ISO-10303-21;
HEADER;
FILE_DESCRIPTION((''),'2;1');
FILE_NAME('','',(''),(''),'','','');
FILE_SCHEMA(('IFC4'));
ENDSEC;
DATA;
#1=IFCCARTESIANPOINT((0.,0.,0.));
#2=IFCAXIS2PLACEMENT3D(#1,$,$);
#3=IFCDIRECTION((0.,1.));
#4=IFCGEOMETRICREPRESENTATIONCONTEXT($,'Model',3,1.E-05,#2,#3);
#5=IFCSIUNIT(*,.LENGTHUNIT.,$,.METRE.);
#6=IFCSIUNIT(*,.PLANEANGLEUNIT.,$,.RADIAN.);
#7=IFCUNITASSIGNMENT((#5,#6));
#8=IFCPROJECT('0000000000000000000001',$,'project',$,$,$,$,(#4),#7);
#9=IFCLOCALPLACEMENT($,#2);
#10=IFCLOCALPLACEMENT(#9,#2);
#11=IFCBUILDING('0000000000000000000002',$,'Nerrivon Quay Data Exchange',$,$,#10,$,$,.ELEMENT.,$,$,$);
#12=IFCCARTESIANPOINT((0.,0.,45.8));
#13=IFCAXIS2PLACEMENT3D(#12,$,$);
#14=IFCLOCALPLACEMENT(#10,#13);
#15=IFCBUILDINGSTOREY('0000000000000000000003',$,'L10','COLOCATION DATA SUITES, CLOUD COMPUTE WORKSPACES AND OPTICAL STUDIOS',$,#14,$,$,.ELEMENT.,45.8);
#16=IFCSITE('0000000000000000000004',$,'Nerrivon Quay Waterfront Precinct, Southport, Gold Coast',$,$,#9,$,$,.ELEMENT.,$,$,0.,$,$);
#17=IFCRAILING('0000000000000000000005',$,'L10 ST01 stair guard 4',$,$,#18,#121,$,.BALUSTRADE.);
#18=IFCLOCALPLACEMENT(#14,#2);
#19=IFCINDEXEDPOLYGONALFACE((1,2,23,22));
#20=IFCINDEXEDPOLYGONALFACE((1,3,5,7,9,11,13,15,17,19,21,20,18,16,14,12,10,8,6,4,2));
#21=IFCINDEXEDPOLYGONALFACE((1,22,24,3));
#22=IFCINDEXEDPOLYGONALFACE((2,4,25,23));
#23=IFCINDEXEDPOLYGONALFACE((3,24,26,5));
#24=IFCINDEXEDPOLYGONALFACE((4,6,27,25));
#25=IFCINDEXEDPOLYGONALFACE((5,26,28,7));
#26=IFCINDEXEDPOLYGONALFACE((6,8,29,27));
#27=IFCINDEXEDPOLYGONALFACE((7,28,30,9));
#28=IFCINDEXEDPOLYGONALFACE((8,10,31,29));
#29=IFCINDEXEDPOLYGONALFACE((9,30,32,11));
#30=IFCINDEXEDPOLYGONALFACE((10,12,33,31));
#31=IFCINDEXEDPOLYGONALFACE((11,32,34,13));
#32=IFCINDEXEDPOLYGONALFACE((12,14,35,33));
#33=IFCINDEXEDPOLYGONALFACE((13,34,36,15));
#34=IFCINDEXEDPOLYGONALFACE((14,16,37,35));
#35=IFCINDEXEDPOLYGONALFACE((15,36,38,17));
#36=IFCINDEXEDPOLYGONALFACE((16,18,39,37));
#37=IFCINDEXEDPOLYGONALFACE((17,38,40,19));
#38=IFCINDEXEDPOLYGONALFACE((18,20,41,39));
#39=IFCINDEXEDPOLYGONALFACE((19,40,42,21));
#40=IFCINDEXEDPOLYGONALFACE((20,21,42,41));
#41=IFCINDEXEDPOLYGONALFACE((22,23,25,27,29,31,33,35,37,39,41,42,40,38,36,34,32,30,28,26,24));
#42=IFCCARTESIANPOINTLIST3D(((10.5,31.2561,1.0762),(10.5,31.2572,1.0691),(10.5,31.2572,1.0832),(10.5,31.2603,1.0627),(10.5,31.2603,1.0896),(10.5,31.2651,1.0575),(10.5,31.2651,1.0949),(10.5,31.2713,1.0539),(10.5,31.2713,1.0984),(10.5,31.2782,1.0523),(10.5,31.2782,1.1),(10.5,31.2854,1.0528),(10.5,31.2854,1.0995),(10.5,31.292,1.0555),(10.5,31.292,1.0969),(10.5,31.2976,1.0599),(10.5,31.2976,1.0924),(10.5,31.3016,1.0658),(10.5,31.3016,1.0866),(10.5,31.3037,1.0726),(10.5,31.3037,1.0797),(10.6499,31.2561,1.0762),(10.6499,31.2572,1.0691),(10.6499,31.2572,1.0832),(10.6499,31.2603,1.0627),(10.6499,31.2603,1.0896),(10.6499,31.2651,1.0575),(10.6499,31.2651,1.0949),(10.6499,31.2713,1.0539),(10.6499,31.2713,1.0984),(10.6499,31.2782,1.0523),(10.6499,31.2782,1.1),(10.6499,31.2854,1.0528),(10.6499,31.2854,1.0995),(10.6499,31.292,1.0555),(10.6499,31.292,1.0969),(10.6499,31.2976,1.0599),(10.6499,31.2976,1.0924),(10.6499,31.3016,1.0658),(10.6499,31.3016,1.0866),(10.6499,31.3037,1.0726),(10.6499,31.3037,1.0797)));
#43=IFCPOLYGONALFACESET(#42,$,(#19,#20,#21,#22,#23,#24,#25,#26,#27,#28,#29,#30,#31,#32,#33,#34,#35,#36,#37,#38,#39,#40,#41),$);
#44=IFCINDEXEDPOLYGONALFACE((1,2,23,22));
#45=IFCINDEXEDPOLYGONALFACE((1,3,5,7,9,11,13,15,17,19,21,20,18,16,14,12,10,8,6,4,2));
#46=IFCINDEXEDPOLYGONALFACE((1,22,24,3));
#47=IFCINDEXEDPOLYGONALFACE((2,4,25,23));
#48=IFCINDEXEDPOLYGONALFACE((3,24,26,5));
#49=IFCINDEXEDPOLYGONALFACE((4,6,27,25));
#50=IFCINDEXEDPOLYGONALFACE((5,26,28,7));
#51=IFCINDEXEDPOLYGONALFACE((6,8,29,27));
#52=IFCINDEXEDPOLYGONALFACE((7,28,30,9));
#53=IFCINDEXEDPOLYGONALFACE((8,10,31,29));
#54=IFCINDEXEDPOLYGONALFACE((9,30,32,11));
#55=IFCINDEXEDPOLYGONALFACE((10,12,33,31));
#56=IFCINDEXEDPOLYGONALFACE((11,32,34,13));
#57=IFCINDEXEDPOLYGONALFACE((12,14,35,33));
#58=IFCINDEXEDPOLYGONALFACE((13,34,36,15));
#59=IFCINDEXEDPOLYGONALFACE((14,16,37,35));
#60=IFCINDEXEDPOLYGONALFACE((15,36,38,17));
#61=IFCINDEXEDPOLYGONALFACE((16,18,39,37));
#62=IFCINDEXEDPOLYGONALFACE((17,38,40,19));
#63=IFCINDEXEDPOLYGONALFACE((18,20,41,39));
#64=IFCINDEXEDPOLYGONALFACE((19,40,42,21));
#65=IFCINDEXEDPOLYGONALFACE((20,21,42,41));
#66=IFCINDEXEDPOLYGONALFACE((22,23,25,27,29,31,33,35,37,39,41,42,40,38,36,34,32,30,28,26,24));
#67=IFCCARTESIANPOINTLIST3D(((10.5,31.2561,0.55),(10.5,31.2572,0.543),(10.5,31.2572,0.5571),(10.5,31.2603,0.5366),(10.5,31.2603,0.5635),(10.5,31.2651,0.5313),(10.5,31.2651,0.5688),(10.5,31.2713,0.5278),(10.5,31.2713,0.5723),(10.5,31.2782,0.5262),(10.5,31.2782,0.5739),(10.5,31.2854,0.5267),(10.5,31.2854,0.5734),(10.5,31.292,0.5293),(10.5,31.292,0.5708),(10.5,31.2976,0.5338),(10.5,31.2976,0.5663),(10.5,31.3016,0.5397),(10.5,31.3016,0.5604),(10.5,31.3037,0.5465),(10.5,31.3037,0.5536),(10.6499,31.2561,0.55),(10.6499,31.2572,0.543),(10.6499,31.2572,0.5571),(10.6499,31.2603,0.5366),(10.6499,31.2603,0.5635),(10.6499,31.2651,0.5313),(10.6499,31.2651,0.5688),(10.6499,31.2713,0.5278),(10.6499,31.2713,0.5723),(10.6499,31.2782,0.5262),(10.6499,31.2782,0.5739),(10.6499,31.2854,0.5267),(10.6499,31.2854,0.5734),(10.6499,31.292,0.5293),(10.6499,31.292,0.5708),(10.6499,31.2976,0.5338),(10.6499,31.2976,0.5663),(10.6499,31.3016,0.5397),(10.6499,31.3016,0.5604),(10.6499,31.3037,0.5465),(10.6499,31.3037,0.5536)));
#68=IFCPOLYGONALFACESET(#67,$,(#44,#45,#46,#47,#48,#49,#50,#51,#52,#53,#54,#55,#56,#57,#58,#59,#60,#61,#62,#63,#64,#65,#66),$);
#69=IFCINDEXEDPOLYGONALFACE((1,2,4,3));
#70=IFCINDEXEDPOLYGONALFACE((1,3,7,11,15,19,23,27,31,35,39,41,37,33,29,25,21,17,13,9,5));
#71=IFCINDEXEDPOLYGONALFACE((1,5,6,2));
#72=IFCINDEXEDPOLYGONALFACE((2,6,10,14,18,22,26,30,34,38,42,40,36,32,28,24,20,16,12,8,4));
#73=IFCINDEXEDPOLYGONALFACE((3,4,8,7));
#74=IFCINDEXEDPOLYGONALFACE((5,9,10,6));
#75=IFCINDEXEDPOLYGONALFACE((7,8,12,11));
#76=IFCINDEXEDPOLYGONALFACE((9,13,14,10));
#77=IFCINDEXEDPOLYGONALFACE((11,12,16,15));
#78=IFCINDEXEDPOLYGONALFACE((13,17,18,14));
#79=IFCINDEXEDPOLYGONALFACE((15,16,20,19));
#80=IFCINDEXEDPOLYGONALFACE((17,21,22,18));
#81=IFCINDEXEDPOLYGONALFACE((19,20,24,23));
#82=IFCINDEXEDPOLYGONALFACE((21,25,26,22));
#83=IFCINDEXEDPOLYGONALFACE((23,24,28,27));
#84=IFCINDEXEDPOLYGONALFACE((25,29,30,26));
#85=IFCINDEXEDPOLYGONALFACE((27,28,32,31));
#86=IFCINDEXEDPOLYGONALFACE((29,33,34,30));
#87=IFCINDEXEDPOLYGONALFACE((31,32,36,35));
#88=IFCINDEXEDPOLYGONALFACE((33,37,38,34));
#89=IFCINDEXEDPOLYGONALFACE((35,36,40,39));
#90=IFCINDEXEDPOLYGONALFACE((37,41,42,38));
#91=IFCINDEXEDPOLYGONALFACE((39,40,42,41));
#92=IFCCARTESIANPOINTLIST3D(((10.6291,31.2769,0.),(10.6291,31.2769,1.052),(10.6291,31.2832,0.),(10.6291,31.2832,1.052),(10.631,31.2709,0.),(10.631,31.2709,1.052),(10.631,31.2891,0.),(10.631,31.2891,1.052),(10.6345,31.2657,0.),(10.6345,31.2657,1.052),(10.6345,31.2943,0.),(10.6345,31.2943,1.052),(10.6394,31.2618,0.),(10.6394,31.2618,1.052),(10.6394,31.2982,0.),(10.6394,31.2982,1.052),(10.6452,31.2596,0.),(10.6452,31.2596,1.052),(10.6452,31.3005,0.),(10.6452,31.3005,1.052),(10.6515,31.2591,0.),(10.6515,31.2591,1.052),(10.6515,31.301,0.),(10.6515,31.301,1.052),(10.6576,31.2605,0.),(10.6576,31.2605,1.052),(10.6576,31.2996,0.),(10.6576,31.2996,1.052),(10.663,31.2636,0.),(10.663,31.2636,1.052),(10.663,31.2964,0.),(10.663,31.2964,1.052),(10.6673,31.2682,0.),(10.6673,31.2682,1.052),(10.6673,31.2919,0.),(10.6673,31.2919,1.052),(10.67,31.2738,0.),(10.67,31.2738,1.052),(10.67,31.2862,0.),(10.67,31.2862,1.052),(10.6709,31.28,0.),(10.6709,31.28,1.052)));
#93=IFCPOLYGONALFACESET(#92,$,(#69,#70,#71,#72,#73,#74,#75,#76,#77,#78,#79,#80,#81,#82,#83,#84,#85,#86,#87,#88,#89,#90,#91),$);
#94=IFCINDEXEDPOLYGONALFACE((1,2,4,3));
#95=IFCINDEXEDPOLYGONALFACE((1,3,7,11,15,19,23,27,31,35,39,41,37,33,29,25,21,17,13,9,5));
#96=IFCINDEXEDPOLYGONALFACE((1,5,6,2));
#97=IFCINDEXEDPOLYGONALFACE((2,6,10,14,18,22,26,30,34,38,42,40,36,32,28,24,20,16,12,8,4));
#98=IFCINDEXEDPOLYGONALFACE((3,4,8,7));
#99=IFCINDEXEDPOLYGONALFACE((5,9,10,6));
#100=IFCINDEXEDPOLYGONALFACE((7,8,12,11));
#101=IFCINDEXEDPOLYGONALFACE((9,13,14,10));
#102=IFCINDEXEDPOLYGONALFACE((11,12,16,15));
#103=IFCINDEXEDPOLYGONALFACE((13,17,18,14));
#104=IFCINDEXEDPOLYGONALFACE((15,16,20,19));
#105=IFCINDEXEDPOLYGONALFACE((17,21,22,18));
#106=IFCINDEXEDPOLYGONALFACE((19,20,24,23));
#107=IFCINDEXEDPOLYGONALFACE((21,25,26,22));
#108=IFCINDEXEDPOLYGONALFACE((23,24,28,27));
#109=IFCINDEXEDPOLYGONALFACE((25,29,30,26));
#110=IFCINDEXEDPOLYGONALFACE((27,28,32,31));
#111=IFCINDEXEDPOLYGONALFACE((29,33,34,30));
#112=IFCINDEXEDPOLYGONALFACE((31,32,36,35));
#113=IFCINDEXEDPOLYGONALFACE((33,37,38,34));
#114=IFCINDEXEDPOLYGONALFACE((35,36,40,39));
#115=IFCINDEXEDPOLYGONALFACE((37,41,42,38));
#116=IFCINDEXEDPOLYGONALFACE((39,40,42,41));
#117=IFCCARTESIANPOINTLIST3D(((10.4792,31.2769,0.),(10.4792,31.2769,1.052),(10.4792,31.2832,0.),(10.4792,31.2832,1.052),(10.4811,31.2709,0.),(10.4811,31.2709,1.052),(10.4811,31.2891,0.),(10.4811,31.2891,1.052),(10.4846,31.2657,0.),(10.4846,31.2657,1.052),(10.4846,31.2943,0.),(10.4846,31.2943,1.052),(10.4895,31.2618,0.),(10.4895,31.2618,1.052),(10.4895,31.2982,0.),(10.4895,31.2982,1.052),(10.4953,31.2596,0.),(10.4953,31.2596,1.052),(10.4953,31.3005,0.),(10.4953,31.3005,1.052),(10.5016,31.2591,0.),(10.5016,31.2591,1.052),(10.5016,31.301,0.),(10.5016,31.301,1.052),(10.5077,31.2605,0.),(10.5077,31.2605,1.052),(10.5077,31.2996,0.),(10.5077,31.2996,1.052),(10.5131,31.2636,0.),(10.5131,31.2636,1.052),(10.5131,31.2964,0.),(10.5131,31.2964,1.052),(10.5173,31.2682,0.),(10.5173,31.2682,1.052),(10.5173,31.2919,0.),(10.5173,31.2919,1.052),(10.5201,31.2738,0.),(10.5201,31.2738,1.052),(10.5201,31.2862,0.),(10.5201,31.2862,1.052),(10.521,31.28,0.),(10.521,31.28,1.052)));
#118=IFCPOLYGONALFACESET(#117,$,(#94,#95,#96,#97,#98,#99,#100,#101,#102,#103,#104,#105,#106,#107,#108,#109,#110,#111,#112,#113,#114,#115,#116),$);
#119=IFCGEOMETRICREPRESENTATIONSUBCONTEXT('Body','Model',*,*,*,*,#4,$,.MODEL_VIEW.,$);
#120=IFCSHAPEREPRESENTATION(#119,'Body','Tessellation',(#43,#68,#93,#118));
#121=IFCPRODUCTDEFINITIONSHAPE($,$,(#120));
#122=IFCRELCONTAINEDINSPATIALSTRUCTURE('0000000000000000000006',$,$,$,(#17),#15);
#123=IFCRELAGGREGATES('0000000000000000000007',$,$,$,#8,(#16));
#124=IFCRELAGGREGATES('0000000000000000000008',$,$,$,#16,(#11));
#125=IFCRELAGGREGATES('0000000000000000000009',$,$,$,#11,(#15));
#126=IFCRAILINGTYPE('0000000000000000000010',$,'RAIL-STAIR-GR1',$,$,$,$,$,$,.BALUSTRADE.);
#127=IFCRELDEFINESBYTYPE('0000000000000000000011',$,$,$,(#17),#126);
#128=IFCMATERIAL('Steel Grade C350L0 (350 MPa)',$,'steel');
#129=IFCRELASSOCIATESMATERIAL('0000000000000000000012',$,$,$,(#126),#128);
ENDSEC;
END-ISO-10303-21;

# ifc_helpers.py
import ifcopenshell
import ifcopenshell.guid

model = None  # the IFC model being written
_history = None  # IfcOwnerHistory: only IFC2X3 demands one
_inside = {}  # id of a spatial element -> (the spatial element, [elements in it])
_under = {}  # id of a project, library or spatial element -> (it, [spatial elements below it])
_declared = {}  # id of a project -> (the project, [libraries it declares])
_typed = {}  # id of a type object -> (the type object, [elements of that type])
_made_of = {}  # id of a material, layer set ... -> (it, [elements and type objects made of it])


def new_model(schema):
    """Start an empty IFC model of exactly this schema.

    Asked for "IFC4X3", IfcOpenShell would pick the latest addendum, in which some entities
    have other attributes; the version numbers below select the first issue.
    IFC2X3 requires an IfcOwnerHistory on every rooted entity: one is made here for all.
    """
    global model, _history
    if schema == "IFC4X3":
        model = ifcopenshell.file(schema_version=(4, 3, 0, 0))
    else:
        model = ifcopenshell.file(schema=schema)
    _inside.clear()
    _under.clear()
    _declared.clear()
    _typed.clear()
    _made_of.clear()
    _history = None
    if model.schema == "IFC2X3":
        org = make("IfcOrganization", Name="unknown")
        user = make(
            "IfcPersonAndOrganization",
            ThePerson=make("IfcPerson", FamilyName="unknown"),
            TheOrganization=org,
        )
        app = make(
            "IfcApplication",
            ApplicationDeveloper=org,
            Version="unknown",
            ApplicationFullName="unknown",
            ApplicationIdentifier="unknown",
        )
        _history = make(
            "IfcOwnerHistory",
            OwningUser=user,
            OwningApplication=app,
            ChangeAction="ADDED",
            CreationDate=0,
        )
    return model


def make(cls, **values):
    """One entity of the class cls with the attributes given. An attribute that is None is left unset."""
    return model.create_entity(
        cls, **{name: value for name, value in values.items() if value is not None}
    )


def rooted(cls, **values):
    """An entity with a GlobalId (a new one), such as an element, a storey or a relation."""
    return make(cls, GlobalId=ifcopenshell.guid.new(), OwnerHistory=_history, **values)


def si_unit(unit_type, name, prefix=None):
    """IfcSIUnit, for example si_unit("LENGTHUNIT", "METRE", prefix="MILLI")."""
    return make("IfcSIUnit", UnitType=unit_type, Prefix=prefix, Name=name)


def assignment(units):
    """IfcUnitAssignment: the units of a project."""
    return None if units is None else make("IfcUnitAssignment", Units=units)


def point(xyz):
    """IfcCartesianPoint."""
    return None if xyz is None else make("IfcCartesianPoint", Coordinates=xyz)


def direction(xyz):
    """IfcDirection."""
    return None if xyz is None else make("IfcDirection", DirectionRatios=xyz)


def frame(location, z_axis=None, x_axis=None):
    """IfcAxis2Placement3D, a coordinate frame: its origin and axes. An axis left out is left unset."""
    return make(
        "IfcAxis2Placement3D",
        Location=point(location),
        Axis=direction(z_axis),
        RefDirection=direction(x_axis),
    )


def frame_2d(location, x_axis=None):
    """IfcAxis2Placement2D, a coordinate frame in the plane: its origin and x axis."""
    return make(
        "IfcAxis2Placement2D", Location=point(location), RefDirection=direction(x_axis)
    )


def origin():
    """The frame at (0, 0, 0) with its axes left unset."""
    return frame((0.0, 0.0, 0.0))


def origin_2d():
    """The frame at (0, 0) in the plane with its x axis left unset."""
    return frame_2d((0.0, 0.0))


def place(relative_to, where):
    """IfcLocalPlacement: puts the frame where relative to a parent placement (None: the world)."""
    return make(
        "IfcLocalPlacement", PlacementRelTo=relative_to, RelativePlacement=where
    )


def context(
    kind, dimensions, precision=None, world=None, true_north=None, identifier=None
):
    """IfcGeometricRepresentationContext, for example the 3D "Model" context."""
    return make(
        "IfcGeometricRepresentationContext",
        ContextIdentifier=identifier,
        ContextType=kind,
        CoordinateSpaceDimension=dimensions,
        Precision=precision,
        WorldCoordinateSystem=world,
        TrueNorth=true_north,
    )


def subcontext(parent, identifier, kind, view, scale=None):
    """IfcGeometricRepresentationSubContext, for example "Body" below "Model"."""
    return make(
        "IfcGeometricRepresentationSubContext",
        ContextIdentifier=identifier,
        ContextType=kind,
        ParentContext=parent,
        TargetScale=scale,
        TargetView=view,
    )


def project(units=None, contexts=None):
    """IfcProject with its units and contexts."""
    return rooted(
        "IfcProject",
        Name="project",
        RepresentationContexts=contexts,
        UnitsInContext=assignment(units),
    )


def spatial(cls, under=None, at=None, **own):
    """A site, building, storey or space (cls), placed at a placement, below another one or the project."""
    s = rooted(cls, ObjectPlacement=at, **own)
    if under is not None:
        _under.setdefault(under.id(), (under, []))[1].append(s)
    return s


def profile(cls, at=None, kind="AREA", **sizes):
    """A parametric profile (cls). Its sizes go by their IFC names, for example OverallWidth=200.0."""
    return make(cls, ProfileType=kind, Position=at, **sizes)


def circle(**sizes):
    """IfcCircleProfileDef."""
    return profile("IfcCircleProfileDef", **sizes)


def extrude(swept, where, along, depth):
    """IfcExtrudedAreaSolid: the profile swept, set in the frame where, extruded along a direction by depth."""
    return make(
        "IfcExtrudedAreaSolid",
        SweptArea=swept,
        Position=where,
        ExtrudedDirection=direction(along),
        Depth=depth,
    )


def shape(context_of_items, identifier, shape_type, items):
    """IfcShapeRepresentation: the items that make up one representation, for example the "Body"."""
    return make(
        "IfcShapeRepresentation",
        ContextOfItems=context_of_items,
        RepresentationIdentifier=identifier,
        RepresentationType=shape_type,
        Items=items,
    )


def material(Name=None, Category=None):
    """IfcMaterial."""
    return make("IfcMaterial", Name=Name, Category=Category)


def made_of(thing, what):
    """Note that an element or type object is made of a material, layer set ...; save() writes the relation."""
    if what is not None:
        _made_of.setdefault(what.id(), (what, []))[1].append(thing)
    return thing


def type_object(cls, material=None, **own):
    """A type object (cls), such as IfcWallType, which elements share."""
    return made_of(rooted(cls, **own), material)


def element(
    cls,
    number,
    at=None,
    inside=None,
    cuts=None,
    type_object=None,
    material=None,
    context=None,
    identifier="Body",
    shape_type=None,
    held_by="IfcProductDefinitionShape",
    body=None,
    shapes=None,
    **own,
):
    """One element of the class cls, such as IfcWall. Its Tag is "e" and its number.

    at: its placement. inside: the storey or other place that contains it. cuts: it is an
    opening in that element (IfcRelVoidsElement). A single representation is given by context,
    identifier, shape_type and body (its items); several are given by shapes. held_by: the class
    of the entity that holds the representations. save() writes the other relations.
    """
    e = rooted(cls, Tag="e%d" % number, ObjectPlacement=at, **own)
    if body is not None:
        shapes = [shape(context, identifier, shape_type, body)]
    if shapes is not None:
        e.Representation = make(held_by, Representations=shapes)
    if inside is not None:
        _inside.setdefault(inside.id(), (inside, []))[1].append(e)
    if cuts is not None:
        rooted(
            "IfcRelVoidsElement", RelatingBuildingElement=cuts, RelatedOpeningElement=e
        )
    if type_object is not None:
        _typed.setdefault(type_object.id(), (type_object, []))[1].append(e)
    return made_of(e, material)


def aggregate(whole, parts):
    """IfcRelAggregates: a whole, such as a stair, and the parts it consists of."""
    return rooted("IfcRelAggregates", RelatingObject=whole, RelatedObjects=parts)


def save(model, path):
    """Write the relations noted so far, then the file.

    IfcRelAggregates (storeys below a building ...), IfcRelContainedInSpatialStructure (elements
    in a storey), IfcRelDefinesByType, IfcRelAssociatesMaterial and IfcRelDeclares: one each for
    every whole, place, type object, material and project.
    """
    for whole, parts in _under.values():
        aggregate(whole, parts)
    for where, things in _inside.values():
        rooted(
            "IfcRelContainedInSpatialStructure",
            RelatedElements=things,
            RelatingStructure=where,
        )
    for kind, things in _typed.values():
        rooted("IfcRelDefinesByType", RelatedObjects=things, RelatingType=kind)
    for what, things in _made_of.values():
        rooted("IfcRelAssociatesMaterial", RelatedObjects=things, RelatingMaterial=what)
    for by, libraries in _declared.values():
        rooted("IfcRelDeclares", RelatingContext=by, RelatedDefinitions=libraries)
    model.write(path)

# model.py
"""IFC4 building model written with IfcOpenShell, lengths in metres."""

from ifc_helpers import new_model, si_unit, direction, frame, origin, origin_2d, place, context, subcontext, project, spatial, circle, extrude, material, type_object, element, save


model = new_model("IFC4")

# Units and contexts
model_context = context("Model", 3, precision=1e-05, world=origin(), true_north=direction((0.0, 1.0)))
body_context = subcontext(model_context, "Body", "Model", "MODEL_VIEW")
ifc_project = project(units=[si_unit("LENGTHUNIT", "METRE"), si_unit("PLANEANGLEUNIT", "RADIAN")], contexts=[model_context])

# Site, building, storey
site_placement = place(None, origin())
site = spatial("IfcSite", under=ifc_project, at=site_placement, Name="Nerrivon Quay Waterfront Precinct, Southport, Gold Coast", CompositionType="ELEMENT", RefElevation=0.0)
building_placement = place(site_placement, origin())
building = spatial("IfcBuilding", under=site, at=building_placement, Name="Nerrivon Quay Data Exchange", CompositionType="ELEMENT")
storey_placement = place(building_placement, frame((0.0, 0.0, 45.8)))
storey = spatial("IfcBuildingStorey", under=building, at=storey_placement, Name="L10", Description="COLOCATION DATA SUITES, CLOUD COMPUTE WORKSPACES AND OPTICAL STUDIOS", CompositionType="ELEMENT", Elevation=45.8)

# Railing
ifc_material_1 = material(Name="Steel Grade C350L0 (350 MPa)", Category="steel")
railing_type_1 = type_object("IfcRailingType", Name="RAIL-STAIR-GR1", PredefinedType="BALUSTRADE", material=ifc_material_1)
railing_1_placement = place(storey_placement, frame((10.6499, 31.28, 0.0)))
element("IfcRailing", 1, at=railing_1_placement, inside=storey, type_object=railing_type_1, Name="L10 ST01 stair guard 4", PredefinedType="BALUSTRADE", context=body_context, shape_type="SweptSolid", body=[
    extrude(circle(Radius=0.0239, at=origin_2d()), frame((0.0, 0.0, 1.0762), z_axis=(-1.0, 0.0, 0.0), x_axis=(0.0, -1.0, 0.0)), (0.0, 0.0, 1.0), 0.1499),
    extrude(circle(Radius=0.0239, at=origin_2d()), frame((0.0, 0.0, 0.55), z_axis=(-1.0, 0.0, 0.0), x_axis=(0.0, -1.0, 0.0)), (0.0, 0.0, 1.0), 0.1499),
    extrude(circle(Radius=0.021, at=origin_2d()), origin(), (0.0, 0.0, 1.0), 1.052),
    extrude(circle(Radius=0.021, at=origin_2d()), frame((-0.1499, 0.0, 0.0)), (0.0, 0.0, 1.0), 1.052),
])

save(model, "model.ifc")
